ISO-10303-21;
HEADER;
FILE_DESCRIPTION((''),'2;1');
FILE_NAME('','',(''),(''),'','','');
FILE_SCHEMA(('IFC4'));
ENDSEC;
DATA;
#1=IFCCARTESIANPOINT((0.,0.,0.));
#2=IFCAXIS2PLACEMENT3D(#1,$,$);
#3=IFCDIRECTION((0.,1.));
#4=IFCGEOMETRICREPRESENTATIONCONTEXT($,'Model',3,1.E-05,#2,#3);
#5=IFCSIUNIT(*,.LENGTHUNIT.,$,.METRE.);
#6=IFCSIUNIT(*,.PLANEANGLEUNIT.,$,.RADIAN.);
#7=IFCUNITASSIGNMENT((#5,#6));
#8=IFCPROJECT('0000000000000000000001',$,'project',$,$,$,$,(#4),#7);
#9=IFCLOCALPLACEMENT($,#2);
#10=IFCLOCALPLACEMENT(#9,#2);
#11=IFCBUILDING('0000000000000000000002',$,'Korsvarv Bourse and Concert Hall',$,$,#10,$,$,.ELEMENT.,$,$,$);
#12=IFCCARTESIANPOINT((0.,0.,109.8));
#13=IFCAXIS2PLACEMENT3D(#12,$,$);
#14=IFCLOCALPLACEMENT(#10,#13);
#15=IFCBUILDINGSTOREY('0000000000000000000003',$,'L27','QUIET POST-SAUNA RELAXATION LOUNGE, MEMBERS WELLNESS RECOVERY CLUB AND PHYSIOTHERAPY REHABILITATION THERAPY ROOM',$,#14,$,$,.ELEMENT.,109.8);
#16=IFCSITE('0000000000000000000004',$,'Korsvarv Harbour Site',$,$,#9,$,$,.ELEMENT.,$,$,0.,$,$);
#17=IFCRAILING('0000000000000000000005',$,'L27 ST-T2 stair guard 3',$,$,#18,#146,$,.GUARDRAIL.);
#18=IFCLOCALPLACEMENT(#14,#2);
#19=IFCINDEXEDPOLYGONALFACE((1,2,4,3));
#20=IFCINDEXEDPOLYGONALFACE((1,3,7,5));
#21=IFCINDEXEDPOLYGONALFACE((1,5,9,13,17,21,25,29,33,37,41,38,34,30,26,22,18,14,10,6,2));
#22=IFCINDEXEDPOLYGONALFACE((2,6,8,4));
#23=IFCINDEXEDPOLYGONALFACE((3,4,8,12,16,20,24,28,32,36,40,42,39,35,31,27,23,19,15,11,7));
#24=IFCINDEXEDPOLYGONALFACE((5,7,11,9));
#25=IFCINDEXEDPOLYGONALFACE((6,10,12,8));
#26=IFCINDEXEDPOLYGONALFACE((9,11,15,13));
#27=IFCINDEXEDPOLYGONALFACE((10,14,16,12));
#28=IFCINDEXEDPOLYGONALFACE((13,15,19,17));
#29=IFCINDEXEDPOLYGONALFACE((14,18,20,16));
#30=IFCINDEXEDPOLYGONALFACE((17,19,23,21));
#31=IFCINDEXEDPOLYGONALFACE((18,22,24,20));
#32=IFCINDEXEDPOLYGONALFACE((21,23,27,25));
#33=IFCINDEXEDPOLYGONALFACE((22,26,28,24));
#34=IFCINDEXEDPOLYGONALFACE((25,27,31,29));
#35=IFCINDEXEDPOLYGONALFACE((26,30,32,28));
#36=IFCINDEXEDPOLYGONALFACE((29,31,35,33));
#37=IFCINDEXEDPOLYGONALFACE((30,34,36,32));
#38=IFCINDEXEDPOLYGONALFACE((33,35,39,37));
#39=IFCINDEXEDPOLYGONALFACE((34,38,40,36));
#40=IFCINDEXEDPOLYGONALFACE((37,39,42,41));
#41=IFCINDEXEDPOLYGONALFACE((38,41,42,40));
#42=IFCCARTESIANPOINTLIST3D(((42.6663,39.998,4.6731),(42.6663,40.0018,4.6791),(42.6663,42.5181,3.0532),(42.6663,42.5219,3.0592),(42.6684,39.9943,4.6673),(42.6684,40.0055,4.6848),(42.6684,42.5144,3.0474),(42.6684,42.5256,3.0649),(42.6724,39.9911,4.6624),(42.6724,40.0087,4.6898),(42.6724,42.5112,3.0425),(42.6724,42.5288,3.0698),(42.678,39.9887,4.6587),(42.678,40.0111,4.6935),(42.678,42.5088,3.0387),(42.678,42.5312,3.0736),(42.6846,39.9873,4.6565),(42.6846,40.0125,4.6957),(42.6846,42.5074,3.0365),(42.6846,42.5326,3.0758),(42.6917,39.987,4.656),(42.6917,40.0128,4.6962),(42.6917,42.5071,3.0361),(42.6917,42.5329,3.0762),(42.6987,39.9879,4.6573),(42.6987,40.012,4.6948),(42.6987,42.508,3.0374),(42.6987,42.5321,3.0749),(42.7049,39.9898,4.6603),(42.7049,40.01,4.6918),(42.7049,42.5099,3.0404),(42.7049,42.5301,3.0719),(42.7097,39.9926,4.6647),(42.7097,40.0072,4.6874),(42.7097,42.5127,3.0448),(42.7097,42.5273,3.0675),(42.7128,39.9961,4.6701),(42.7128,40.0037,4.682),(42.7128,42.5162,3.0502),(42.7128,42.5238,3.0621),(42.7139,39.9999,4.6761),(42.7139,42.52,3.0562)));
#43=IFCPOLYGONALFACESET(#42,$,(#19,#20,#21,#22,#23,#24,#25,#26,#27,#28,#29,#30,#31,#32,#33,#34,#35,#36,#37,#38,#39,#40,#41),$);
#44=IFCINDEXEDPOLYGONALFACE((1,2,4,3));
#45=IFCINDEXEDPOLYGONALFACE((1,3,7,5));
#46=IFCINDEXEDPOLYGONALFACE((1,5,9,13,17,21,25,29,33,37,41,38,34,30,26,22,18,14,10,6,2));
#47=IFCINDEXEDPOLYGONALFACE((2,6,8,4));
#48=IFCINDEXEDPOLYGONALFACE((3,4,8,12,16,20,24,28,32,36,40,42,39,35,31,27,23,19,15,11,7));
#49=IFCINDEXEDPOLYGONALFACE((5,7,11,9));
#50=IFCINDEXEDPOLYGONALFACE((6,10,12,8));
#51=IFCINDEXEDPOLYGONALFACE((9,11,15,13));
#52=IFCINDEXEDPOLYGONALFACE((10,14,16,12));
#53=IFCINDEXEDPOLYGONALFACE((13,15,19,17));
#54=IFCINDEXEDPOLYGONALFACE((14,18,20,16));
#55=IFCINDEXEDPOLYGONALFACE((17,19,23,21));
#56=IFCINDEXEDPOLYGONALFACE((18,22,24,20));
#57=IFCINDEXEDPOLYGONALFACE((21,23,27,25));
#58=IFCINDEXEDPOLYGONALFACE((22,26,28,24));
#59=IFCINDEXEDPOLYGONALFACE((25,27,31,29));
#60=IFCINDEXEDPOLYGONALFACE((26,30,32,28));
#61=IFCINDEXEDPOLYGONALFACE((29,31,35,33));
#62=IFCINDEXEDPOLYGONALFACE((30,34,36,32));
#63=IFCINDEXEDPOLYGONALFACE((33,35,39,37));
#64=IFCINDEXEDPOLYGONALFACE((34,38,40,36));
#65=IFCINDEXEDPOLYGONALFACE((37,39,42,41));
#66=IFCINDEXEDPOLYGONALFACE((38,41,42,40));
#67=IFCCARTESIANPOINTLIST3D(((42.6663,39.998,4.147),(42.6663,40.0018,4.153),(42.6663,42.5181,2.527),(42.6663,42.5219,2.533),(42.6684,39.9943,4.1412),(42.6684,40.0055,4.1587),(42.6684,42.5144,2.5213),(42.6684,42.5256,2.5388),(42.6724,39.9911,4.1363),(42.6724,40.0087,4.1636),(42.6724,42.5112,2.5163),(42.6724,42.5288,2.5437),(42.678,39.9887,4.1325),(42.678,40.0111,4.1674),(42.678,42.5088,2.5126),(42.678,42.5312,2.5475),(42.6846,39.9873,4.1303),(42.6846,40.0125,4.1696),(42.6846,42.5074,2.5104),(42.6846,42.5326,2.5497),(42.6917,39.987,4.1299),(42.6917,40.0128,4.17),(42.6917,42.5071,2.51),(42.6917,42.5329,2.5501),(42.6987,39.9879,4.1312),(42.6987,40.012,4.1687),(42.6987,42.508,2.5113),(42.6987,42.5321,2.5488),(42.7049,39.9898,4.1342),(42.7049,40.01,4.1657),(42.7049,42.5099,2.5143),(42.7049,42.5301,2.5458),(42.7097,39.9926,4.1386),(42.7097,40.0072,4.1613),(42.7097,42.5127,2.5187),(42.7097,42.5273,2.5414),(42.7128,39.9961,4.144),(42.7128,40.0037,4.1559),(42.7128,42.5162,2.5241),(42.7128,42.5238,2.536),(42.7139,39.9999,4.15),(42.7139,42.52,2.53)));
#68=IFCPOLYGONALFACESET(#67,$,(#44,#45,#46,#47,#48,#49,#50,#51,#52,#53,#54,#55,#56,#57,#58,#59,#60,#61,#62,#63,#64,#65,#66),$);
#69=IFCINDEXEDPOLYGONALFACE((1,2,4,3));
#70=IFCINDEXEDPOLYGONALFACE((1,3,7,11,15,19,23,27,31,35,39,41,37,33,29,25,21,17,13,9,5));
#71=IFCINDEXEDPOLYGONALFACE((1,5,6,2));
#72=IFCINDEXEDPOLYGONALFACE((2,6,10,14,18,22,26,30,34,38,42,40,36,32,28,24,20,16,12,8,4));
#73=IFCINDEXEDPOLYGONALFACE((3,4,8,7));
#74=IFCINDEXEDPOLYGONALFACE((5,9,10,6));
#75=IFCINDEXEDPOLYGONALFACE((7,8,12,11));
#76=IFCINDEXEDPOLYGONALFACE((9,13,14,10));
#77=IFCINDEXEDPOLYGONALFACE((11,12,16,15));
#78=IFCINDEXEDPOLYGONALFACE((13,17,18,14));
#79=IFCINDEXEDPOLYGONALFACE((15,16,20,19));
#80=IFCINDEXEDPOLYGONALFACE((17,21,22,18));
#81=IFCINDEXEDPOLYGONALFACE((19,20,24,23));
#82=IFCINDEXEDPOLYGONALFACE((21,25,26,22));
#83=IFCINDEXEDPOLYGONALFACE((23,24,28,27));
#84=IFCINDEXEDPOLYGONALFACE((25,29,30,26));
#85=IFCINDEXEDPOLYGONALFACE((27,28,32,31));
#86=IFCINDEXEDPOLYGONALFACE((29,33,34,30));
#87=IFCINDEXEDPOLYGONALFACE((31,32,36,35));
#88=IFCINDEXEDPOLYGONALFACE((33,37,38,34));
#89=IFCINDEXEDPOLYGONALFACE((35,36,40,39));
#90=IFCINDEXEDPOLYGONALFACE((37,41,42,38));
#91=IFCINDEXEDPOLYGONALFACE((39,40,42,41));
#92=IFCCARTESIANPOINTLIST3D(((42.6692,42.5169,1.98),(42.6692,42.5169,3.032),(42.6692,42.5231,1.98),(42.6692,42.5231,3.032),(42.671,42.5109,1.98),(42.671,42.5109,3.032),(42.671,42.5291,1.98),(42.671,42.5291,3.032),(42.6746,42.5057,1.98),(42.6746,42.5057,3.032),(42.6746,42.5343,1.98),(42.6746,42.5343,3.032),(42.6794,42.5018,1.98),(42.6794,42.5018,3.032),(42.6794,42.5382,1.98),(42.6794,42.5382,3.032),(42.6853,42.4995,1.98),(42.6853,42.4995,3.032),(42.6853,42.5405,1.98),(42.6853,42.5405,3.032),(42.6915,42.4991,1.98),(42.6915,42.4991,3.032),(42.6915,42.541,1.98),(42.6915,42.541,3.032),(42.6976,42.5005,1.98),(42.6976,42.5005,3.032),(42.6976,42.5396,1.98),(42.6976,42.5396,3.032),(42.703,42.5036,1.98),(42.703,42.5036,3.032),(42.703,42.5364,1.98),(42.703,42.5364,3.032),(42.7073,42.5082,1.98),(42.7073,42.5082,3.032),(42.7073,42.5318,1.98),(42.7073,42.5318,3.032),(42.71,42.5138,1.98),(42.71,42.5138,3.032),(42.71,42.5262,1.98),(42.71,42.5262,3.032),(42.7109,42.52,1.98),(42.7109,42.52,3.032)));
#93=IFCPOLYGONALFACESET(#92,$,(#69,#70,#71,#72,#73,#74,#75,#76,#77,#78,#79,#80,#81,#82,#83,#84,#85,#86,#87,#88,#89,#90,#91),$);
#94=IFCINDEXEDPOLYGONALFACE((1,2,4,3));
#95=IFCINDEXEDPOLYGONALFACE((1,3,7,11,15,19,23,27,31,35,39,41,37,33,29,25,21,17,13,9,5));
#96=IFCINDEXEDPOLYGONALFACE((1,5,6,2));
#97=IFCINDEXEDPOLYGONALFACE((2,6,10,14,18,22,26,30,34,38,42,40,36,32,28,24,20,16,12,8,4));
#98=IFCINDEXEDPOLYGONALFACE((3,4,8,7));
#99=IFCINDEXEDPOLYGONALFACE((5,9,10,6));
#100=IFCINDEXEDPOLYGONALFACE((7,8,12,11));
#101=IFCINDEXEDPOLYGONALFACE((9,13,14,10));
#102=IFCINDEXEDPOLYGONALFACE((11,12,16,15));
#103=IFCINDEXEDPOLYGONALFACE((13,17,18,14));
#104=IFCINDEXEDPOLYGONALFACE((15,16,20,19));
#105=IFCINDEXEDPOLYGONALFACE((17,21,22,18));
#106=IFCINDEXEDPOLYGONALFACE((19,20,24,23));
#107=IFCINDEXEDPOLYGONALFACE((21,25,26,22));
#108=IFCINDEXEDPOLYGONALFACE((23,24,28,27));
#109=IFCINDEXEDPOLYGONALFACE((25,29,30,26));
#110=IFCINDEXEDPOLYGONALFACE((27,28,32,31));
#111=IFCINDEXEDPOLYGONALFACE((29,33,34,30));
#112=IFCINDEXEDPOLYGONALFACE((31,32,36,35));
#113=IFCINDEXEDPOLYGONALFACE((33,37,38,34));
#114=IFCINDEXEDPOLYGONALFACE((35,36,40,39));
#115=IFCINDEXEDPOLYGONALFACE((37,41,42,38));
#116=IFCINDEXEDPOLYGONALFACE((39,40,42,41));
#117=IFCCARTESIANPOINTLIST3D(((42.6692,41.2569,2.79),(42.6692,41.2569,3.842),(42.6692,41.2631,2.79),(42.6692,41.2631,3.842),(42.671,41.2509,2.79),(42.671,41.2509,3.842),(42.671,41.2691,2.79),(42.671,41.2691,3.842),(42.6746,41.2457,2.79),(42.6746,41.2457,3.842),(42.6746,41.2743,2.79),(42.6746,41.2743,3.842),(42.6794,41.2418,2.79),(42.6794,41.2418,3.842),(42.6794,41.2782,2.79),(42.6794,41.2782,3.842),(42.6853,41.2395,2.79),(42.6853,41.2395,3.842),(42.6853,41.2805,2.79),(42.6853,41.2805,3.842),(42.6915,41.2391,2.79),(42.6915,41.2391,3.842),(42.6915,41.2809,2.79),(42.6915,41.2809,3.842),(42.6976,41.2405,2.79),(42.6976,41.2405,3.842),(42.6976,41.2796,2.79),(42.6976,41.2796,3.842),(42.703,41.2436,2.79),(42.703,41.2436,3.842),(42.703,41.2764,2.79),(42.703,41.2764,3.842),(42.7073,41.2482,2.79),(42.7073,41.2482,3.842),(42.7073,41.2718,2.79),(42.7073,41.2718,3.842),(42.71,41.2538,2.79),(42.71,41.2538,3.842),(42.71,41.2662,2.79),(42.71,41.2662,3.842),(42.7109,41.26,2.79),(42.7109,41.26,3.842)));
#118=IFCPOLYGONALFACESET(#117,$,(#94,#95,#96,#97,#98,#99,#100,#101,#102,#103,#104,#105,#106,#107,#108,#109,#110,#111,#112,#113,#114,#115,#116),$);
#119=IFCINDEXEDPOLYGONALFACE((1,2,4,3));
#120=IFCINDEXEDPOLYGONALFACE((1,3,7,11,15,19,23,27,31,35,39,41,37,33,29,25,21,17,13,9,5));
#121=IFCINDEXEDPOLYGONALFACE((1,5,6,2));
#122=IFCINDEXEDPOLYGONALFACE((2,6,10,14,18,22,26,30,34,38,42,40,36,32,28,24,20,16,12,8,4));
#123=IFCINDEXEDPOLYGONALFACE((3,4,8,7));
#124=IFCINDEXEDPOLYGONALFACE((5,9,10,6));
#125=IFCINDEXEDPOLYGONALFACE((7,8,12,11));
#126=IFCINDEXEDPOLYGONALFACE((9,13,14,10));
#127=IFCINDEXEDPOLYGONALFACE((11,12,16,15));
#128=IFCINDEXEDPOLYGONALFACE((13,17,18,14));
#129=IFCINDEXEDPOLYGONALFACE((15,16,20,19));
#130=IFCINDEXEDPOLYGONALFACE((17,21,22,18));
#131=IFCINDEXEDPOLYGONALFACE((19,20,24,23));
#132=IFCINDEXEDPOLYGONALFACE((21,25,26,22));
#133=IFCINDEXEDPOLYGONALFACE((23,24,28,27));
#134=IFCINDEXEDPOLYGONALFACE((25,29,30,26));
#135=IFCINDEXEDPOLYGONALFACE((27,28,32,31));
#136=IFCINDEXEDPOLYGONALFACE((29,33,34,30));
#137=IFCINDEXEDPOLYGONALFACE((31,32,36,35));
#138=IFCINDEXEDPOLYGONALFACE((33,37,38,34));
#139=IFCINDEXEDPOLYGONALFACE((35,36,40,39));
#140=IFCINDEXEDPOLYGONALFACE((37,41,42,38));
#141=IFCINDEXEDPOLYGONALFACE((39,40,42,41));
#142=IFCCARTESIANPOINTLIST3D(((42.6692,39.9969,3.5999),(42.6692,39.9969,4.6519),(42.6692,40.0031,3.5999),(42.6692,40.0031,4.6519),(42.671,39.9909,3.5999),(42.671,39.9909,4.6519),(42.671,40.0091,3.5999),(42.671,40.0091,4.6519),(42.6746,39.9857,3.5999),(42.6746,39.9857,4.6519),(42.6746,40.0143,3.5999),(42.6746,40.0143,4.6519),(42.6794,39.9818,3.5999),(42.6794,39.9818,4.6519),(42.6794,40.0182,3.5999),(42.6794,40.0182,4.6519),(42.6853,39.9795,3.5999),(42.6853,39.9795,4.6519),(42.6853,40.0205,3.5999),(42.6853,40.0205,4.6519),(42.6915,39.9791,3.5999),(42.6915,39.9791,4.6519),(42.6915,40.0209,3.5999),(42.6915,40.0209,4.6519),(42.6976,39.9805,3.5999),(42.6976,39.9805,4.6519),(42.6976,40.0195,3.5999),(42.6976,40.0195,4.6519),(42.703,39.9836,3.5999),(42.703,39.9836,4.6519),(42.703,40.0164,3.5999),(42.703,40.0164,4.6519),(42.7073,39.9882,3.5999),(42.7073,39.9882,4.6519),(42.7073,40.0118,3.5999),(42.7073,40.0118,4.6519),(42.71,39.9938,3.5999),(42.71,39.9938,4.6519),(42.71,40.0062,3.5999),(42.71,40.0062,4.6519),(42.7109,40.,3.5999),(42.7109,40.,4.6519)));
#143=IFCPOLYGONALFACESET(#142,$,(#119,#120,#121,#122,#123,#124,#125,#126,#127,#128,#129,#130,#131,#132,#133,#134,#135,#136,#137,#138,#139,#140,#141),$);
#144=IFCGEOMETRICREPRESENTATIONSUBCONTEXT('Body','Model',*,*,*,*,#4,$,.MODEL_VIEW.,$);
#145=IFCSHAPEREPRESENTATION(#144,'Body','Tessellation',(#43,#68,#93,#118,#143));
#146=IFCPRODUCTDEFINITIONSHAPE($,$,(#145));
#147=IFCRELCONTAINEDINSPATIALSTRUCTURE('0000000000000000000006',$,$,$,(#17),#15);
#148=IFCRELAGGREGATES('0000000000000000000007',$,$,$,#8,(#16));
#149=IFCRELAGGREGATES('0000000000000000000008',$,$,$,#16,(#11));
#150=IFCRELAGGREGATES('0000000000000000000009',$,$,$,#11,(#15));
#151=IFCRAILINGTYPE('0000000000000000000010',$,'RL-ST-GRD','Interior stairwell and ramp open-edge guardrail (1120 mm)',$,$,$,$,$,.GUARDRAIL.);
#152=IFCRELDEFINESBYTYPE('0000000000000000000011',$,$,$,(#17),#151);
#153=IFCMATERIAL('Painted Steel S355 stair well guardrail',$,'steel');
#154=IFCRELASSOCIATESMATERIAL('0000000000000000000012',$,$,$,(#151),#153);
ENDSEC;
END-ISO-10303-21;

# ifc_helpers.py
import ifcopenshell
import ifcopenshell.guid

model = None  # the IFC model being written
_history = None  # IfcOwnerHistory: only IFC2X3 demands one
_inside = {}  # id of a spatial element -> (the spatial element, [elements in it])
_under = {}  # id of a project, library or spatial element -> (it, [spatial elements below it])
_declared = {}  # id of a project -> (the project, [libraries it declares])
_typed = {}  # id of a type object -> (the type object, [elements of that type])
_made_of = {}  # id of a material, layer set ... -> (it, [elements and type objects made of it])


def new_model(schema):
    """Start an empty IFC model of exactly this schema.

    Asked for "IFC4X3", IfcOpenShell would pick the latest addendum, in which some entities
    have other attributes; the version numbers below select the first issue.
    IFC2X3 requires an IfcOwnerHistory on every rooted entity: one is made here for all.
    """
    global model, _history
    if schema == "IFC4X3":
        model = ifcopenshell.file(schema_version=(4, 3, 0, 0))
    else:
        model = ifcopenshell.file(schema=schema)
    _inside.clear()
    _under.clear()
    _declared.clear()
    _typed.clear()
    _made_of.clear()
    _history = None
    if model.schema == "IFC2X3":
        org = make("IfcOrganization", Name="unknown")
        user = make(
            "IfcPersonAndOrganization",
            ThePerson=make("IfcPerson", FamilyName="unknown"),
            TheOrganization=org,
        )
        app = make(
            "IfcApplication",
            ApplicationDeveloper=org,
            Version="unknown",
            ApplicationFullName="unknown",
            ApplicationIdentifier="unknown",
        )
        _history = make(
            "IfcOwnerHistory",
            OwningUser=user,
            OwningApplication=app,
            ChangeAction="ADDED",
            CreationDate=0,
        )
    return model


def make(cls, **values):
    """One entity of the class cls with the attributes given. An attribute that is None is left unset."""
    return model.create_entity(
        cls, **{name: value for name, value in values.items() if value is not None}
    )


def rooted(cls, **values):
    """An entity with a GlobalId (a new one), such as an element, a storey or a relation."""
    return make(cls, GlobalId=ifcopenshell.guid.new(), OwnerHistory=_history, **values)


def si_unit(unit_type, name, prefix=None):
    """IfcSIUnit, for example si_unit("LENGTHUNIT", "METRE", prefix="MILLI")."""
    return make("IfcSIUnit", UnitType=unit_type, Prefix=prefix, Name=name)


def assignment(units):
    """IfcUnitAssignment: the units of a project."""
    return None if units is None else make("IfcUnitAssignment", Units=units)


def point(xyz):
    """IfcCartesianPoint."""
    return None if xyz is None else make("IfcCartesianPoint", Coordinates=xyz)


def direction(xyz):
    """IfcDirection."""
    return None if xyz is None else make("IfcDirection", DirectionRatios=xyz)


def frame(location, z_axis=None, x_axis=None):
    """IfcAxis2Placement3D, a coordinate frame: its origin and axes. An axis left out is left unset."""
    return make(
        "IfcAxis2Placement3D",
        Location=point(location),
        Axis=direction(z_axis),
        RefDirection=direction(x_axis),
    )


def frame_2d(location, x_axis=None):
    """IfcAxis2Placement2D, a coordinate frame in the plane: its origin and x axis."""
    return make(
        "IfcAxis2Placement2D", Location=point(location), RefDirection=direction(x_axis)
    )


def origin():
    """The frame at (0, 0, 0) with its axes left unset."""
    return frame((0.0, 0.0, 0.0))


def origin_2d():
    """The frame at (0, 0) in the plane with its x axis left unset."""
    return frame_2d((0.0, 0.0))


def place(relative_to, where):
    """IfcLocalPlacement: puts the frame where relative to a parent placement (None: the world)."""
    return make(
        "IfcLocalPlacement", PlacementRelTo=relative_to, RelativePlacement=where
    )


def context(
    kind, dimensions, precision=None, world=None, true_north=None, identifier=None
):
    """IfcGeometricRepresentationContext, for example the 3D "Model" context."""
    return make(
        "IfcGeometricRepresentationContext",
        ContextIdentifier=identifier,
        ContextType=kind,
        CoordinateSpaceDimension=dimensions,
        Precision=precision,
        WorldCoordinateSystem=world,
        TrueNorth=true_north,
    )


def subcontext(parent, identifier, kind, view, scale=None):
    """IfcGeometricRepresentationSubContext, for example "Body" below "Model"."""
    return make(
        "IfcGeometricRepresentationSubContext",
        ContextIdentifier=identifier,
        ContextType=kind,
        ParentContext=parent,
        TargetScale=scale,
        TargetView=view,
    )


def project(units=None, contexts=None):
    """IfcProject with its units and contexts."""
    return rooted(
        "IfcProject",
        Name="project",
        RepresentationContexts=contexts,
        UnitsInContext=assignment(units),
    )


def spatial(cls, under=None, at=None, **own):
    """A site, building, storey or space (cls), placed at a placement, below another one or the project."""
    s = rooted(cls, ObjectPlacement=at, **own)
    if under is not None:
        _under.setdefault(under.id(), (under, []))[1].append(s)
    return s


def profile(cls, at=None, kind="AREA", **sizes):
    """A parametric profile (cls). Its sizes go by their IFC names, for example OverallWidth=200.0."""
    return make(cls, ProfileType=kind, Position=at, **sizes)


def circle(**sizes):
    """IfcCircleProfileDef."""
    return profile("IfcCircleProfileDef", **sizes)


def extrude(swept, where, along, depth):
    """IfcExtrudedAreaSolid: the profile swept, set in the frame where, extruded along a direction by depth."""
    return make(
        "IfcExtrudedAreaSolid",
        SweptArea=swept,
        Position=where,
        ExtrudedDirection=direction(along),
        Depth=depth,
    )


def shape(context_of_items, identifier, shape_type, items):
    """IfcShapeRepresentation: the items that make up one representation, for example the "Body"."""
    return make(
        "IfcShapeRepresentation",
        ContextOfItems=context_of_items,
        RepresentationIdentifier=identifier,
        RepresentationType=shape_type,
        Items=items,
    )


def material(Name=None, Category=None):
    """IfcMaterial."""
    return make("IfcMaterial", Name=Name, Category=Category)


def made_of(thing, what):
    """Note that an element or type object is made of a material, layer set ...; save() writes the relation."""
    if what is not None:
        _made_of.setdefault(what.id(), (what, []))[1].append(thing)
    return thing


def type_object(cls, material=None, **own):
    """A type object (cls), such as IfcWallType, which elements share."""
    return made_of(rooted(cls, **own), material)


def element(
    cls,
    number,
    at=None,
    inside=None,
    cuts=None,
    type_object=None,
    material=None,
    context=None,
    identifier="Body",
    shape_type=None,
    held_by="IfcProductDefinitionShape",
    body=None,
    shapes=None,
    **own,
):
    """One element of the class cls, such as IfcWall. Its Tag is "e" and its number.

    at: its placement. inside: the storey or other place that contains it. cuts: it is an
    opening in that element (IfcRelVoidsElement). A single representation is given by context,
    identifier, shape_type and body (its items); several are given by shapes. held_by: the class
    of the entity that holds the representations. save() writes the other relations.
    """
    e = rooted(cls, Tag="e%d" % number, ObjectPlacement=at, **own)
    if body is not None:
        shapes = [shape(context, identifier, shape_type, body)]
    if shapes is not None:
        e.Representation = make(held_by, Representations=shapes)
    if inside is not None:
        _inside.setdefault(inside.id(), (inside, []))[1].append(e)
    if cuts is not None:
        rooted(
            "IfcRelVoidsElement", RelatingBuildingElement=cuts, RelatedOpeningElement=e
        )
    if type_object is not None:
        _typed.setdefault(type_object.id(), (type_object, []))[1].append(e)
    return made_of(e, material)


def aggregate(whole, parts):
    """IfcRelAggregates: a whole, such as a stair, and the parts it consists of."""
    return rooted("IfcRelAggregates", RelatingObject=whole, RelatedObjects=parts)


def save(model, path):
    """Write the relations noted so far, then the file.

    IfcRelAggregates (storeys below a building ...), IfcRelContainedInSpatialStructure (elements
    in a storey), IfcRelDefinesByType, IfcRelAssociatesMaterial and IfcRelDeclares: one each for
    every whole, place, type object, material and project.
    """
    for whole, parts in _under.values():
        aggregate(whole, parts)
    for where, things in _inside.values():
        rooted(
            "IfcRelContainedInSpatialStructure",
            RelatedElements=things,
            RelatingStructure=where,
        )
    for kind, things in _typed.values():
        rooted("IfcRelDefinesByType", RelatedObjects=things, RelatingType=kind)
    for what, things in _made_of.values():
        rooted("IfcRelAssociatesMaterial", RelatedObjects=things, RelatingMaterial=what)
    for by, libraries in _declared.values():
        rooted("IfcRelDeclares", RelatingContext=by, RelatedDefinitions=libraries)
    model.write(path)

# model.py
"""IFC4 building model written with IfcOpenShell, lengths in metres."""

from ifc_helpers import new_model, si_unit, direction, frame, origin, origin_2d, place, context, subcontext, project, spatial, circle, extrude, material, type_object, element, save


model = new_model("IFC4")

# Units and contexts
model_context = context("Model", 3, precision=1e-05, world=origin(), true_north=direction((0.0, 1.0)))
body_context = subcontext(model_context, "Body", "Model", "MODEL_VIEW")
ifc_project = project(units=[si_unit("LENGTHUNIT", "METRE"), si_unit("PLANEANGLEUNIT", "RADIAN")], contexts=[model_context])

# Site, building, storey
site_placement = place(None, origin())
site = spatial("IfcSite", under=ifc_project, at=site_placement, Name="Korsvarv Harbour Site", CompositionType="ELEMENT", RefElevation=0.0)
building_placement = place(site_placement, origin())
building = spatial("IfcBuilding", under=site, at=building_placement, Name="Korsvarv Bourse and Concert Hall", CompositionType="ELEMENT")
storey_placement = place(building_placement, frame((0.0, 0.0, 109.8)))
storey = spatial("IfcBuildingStorey", under=building, at=storey_placement, Name="L27", Description="QUIET POST-SAUNA RELAXATION LOUNGE, MEMBERS WELLNESS RECOVERY CLUB AND PHYSIOTHERAPY REHABILITATION THERAPY ROOM", CompositionType="ELEMENT", Elevation=109.8)

# Railing
ifc_material_1 = material(Name="Painted Steel S355 stair well guardrail", Category="steel")
railing_type_1 = type_object("IfcRailingType", Name="RL-ST-GRD", Description="Interior stairwell and ramp open-edge guardrail (1120 mm)", PredefinedType="GUARDRAIL", material=ifc_material_1)
railing_1_placement = place(storey_placement, frame((42.6899, 42.52, 1.98)))
element("IfcRailing", 1, at=railing_1_placement, inside=storey, type_object=railing_type_1, Name="L27 ST-T2 stair guard 3", PredefinedType="GUARDRAIL", context=body_context, shape_type="SweptSolid", body=[
    extrude(circle(Radius=0.0239, at=origin_2d()), frame((0.0, 0.0, 1.0762), z_axis=(0.0, -0.8412, 0.540725), x_axis=(1.0, 0.0, 0.0)), (0.0, 0.0, 1.0), 2.9958),
    extrude(circle(Radius=0.0239, at=origin_2d()), frame((0.0, 0.0, 0.55), z_axis=(0.0, -0.8412, 0.540725), x_axis=(1.0, 0.0, 0.0)), (0.0, 0.0, 1.0), 2.9958),
    extrude(circle(Radius=0.021, at=origin_2d()), origin(), (0.0, 0.0, 1.0), 1.052),
    extrude(circle(Radius=0.021, at=origin_2d()), frame((0.0, -1.26, 0.8101)), (0.0, 0.0, 1.0), 1.052),
    extrude(circle(Radius=0.021, at=origin_2d()), frame((0.0, -2.52, 1.6199)), (0.0, 0.0, 1.0), 1.052),
])

save(model, "model.ifc")
